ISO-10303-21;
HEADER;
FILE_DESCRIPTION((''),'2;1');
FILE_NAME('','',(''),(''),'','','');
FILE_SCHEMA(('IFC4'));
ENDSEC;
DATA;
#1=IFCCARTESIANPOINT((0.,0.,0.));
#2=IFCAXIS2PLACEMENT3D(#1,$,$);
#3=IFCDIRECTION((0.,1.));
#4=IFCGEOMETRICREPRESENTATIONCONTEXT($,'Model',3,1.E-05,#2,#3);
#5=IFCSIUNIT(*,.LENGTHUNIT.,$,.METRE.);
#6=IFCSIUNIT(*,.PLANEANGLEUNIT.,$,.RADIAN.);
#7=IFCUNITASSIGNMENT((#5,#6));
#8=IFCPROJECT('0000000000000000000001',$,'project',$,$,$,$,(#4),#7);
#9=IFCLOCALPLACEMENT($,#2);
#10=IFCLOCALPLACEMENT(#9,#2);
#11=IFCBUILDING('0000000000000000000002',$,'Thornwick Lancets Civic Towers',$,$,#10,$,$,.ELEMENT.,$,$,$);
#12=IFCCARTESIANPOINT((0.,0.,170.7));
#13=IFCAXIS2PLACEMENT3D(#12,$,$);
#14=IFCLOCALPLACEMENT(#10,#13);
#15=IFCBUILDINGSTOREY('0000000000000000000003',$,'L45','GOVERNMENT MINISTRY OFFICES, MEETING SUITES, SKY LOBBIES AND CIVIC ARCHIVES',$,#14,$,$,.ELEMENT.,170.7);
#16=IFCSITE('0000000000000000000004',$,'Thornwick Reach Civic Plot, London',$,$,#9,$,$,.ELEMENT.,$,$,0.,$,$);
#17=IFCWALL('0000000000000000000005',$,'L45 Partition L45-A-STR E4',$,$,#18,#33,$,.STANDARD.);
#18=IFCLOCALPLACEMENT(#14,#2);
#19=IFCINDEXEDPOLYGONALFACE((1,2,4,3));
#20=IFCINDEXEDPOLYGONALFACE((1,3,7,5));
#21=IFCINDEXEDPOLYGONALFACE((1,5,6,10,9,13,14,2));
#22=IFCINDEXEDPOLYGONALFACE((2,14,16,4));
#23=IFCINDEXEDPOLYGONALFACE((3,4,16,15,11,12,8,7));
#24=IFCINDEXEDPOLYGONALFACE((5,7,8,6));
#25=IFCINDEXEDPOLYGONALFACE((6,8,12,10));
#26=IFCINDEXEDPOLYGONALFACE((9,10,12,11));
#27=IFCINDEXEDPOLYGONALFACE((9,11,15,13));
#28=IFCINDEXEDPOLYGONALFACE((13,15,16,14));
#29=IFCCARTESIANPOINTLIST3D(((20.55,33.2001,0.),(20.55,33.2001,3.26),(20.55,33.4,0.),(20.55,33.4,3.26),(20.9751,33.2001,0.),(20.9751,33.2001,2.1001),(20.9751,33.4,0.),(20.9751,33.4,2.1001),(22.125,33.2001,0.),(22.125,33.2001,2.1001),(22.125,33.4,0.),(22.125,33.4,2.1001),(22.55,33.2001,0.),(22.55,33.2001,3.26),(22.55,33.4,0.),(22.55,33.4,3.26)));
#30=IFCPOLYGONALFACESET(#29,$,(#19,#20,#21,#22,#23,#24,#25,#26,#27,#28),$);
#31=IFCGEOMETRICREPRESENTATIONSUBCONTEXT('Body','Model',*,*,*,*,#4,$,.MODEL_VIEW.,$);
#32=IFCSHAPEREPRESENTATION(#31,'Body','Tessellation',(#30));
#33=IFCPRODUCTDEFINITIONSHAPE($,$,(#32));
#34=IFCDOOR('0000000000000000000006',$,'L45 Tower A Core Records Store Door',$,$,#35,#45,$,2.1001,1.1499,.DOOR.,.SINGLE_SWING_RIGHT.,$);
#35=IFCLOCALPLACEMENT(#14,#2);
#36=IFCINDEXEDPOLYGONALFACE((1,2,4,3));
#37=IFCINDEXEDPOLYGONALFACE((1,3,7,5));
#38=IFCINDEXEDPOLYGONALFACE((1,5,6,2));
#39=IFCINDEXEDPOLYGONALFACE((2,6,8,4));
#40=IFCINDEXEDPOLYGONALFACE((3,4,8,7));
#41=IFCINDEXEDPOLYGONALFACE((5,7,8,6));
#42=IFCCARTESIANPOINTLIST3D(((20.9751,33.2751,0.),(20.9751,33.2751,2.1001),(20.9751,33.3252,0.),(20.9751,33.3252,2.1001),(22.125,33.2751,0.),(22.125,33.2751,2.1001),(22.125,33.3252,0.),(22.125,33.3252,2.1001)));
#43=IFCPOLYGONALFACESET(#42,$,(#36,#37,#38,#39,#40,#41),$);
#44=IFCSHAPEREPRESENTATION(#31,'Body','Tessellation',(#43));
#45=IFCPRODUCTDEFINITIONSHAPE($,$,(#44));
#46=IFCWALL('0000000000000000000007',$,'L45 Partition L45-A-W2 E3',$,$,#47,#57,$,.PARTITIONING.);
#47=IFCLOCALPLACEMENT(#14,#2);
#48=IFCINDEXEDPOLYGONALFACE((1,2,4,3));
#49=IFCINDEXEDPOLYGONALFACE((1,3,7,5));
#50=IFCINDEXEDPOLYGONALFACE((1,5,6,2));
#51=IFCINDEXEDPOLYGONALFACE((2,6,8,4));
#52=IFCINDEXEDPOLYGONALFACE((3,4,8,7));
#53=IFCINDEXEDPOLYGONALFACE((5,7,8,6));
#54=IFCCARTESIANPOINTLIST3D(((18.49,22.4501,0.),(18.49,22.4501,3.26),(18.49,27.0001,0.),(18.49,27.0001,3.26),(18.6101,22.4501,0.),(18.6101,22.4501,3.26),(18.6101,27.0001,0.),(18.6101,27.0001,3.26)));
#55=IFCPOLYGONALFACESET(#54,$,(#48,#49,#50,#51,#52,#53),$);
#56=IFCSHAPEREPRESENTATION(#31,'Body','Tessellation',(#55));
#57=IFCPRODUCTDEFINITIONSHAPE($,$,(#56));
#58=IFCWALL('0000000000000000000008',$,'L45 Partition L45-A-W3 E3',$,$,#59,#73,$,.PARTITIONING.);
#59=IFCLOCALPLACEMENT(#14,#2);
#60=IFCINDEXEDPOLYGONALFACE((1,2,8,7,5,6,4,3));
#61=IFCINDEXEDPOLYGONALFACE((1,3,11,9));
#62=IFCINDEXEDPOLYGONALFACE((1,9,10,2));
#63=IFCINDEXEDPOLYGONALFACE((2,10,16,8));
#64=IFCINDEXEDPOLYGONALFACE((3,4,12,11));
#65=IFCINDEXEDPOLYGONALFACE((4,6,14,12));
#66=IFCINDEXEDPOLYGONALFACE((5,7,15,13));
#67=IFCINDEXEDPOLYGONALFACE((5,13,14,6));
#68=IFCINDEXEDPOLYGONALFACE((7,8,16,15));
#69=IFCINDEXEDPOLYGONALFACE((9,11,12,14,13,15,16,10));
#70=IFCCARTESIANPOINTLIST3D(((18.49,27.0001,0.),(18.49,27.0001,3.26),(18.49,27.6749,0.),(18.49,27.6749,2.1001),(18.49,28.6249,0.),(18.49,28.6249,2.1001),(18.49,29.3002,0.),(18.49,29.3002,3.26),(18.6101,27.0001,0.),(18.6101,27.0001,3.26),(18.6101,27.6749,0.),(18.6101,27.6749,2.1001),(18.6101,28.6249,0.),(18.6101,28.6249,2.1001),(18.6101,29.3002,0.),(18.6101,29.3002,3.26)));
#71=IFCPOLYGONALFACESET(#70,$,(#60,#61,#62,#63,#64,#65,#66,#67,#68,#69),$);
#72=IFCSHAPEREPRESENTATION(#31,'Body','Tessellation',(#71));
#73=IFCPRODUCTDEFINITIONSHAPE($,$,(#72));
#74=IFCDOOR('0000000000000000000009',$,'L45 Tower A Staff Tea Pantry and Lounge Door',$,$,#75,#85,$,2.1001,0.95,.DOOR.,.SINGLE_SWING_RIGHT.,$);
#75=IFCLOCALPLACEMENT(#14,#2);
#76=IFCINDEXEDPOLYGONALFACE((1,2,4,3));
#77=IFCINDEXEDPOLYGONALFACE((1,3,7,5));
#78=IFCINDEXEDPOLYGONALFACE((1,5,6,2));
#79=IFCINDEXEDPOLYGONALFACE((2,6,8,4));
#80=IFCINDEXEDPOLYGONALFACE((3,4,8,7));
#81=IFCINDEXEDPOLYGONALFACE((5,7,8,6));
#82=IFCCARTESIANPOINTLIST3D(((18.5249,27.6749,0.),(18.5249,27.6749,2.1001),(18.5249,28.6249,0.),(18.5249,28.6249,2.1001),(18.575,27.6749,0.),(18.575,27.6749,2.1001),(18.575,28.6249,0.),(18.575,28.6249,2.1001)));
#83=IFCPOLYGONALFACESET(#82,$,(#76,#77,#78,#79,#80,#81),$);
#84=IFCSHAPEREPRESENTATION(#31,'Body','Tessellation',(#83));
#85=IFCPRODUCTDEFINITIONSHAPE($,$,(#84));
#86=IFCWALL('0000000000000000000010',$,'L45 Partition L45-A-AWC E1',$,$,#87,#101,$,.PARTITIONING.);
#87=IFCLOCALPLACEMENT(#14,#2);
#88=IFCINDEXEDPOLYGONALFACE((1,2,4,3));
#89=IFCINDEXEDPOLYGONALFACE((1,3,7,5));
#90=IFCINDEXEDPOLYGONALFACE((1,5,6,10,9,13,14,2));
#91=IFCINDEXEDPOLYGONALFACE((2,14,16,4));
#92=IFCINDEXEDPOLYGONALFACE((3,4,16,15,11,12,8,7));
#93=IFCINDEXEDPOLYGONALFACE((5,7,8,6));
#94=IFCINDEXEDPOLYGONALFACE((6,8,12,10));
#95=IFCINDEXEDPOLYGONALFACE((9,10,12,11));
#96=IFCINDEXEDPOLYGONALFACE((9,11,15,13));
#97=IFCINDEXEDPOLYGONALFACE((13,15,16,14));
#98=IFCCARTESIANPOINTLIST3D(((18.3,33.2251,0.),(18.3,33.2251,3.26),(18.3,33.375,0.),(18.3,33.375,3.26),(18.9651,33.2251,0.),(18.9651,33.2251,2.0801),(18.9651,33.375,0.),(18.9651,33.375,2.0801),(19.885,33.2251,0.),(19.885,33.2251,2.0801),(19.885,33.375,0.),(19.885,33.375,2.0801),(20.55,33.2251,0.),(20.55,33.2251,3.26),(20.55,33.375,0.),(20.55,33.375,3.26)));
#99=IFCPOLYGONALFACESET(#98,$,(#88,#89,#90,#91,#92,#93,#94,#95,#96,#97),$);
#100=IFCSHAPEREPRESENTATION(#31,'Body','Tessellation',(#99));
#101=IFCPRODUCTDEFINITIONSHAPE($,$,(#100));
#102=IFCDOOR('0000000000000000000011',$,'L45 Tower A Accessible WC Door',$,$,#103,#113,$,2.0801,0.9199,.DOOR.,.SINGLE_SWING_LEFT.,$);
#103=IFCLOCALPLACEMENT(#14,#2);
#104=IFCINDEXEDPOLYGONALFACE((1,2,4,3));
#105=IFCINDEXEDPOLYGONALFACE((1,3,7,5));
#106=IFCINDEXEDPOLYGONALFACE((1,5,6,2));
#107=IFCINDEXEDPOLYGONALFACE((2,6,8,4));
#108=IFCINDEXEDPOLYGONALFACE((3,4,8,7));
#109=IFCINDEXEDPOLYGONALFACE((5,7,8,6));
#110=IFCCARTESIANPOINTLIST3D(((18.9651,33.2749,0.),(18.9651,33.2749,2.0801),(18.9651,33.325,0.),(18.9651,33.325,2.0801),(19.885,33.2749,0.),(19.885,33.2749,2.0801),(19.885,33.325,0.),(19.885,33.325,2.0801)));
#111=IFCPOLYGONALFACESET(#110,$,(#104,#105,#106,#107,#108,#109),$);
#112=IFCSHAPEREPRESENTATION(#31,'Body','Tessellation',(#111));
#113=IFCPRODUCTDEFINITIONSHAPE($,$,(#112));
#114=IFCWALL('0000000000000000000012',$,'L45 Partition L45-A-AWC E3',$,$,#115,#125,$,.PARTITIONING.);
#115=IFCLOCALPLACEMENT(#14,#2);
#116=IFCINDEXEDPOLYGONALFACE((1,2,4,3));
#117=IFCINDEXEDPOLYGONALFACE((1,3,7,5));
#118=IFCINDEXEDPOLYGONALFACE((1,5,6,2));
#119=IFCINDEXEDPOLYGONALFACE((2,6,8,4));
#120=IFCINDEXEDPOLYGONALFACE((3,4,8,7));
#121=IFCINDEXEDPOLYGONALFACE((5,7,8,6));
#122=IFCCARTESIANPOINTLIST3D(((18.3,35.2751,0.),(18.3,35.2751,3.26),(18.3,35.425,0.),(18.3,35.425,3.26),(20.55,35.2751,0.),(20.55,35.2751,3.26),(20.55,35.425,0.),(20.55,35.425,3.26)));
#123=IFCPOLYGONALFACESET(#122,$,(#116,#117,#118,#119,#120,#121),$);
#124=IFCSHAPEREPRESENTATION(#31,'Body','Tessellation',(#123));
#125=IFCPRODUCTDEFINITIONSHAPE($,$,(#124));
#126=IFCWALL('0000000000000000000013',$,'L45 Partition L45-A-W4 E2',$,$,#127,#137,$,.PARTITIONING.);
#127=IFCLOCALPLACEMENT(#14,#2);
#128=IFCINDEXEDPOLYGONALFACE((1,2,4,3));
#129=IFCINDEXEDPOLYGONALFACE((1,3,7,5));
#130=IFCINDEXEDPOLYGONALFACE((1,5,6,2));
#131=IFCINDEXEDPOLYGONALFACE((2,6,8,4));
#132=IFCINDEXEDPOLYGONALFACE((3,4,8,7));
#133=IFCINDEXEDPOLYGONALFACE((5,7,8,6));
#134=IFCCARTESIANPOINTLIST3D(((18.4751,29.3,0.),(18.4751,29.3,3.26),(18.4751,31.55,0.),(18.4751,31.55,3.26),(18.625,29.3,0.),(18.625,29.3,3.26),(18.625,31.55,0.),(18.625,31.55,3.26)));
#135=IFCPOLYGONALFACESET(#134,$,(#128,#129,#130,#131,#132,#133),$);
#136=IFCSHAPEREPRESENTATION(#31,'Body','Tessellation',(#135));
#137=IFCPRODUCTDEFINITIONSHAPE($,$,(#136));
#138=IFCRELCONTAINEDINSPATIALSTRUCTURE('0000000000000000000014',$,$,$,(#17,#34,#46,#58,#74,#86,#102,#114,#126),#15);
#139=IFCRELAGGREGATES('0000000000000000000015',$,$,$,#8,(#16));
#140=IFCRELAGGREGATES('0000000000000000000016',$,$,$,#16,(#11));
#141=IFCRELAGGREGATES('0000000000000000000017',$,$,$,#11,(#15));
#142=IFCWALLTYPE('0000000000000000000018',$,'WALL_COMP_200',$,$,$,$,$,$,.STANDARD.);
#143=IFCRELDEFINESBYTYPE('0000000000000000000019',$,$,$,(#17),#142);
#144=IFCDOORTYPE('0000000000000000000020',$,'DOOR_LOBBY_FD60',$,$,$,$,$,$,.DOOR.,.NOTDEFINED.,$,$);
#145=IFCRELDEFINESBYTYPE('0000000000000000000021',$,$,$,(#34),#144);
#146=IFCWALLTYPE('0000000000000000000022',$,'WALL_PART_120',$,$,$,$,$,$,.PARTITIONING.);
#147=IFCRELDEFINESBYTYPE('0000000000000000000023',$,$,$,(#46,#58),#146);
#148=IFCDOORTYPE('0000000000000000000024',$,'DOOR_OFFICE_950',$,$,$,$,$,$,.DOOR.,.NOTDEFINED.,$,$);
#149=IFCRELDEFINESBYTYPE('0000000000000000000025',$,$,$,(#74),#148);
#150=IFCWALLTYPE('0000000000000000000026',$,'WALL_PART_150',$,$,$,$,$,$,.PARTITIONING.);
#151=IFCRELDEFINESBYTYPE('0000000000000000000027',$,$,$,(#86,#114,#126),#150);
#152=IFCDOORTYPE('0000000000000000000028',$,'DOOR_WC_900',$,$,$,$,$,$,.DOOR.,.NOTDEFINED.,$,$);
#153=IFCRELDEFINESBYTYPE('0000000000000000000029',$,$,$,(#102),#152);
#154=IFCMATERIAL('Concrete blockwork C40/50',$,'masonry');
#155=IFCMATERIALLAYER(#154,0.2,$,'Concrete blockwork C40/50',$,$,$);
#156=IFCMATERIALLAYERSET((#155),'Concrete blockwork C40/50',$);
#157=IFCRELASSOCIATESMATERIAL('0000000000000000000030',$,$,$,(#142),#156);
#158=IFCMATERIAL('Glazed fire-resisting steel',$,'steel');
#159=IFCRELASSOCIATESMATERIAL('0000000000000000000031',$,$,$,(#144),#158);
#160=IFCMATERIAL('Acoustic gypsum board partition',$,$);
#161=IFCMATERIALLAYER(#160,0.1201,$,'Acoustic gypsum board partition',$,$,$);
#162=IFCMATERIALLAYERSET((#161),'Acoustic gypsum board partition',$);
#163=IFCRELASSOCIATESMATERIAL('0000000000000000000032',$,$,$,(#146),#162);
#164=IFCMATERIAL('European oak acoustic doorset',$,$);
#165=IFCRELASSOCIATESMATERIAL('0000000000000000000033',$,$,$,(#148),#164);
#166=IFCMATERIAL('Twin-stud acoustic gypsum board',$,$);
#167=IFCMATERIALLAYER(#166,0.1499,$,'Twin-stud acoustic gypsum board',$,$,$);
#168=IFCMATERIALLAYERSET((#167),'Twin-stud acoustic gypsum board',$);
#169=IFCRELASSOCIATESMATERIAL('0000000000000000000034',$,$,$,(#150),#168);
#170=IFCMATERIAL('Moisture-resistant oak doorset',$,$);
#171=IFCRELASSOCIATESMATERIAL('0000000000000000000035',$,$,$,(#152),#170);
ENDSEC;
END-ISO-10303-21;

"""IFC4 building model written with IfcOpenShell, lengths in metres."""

from ifc_helpers import new_model, si_unit, direction, frame, frame_2d, origin, place, context, subcontext, project, spatial, rectangle, extrude, material, layer, layer_set, type_object, element, fill, save


model = new_model("IFC4")

# Units and contexts
model_context = context("Model", 3, precision=1e-05, world=origin(), true_north=direction((0.0, 1.0)))
body_context = subcontext(model_context, "Body", "Model", "MODEL_VIEW")
ifc_project = project(units=[si_unit("LENGTHUNIT", "METRE"), si_unit("PLANEANGLEUNIT", "RADIAN")], contexts=[model_context])

# Site, building, storey
site_placement = place(None, origin())
site = spatial("IfcSite", under=ifc_project, at=site_placement, Name="Thornwick Reach Civic Plot, London", CompositionType="ELEMENT", RefElevation=0.0)
building_placement = place(site_placement, origin())
building = spatial("IfcBuilding", under=site, at=building_placement, Name="Thornwick Lancets Civic Towers", CompositionType="ELEMENT")
storey_placement = place(building_placement, frame((0.0, 0.0, 170.7)))
storey = spatial("IfcBuildingStorey", under=building, at=storey_placement, Name="L45", Description="GOVERNMENT MINISTRY OFFICES, MEETING SUITES, SKY LOBBIES AND CIVIC ARCHIVES", CompositionType="ELEMENT", Elevation=170.7)

# Shared definitions
ifc_material_1 = material(Name="Concrete blockwork C40/50", Category="masonry")
ifc_layer_1 = layer(ifc_material_1, 0.2, Name="Concrete blockwork C40/50")
ifc_layer_set_1 = layer_set([ifc_layer_1], Name="Concrete blockwork C40/50")
wall_type_1 = type_object("IfcWallType", Name="WALL_COMP_200", PredefinedType="STANDARD", material=ifc_layer_set_1)

# Wall, opening, door
wall_1_placement = place(storey_placement, frame((22.55, 33.3, 0.0), z_axis=(0.0, 0.0, 1.0), x_axis=(-1.0, 0.0, 0.0)))
wall_1 = element("IfcWall", 1, at=wall_1_placement, inside=storey, type_object=wall_type_1, Name="L45 Partition L45-A-STR E4", PredefinedType="STANDARD", context=body_context, shape_type="SweptSolid", body=[
    extrude(rectangle(XDim=2.0, YDim=0.2, at=frame_2d((1.0, 0.0))), origin(), (0.0, 0.0, 1.0), 3.26),
])
opening_1_placement = place(wall_1_placement, frame((0.425, 0.0, 0.0)))
opening_1 = element("IfcOpeningElement", 2, at=opening_1_placement, cuts=wall_1, PredefinedType="OPENING", context=body_context, shape_type="SweptSolid", body=[
    extrude(rectangle(XDim=1.1499, YDim=2.1001, at=frame_2d((0.575, 1.05))), frame((0.0, 0.1099, 0.0), z_axis=(0.0, -1.0, 0.0), x_axis=(1.0, 0.0, 0.0)), (0.0, 0.0, 1.0), 0.22),
])
ifc_material_2 = material(Name="Glazed fire-resisting steel", Category="steel")
door_type_1 = type_object("IfcDoorType", Name="DOOR_LOBBY_FD60", OperationType="NOTDEFINED", PredefinedType="DOOR", material=ifc_material_2)
door_1_placement = place(opening_1_placement, origin())
door_1 = element("IfcDoor", 3, at=door_1_placement, inside=storey, type_object=door_type_1, Name="L45 Tower A Core Records Store Door", OperationType="SINGLE_SWING_RIGHT", OverallHeight=2.1001, OverallWidth=1.1499, PredefinedType="DOOR", context=body_context, shape_type="SweptSolid", body=[
    extrude(rectangle(XDim=1.1499, YDim=2.1001, at=frame_2d((0.575, 1.05))), frame((0.0, 0.0249, 0.0), z_axis=(0.0, -1.0, 0.0), x_axis=(1.0, 0.0, 0.0)), (0.0, 0.0, 1.0), 0.05),
])
fill(opening_1, door_1)

# Wall
ifc_material_3 = material(Name="Acoustic gypsum board partition")
ifc_layer_2 = layer(ifc_material_3, 0.1201, Name="Acoustic gypsum board partition")
ifc_layer_set_2 = layer_set([ifc_layer_2], Name="Acoustic gypsum board partition")
wall_type_2 = type_object("IfcWallType", Name="WALL_PART_120", PredefinedType="PARTITIONING", material=ifc_layer_set_2)
wall_2_placement = place(storey_placement, frame((18.55, 27.0, 0.0), z_axis=(0.0, 0.0, 1.0), x_axis=(0.0, -1.0, 0.0)))
element("IfcWall", 4, at=wall_2_placement, inside=storey, type_object=wall_type_2, Name="L45 Partition L45-A-W2 E3", PredefinedType="PARTITIONING", context=body_context, shape_type="SweptSolid", body=[
    extrude(rectangle(XDim=4.55, YDim=0.1201, at=frame_2d((2.2749, 0.0))), origin(), (0.0, 0.0, 1.0), 3.26),
])

# Walls, openings, doors
wall_3_placement = place(storey_placement, frame((18.55, 29.3, 0.0), z_axis=(0.0, 0.0, 1.0), x_axis=(0.0, -1.0, 0.0)))
wall_3 = element("IfcWall", 5, at=wall_3_placement, inside=storey, type_object=wall_type_2, Name="L45 Partition L45-A-W3 E3", PredefinedType="PARTITIONING", context=body_context, shape_type="SweptSolid", body=[
    extrude(rectangle(XDim=2.3, YDim=0.1201, at=frame_2d((1.1499, 0.0))), origin(), (0.0, 0.0, 1.0), 3.26),
])
opening_2_placement = place(wall_3_placement, frame((0.675, 0.0, 0.0)))
opening_2 = element("IfcOpeningElement", 6, at=opening_2_placement, cuts=wall_3, PredefinedType="OPENING", context=body_context, shape_type="SweptSolid", body=[
    extrude(rectangle(XDim=0.95, YDim=2.1001, at=frame_2d((0.4751, 1.05))), frame((0.0, 0.0701, 0.0), z_axis=(0.0, -1.0, 0.0), x_axis=(1.0, 0.0, 0.0)), (0.0, 0.0, 1.0), 0.1401),
])
ifc_material_4 = material(Name="European oak acoustic doorset")
door_type_2 = type_object("IfcDoorType", Name="DOOR_OFFICE_950", OperationType="NOTDEFINED", PredefinedType="DOOR", material=ifc_material_4)
door_2_placement = place(opening_2_placement, origin())
door_2 = element("IfcDoor", 7, at=door_2_placement, inside=storey, type_object=door_type_2, Name="L45 Tower A Staff Tea Pantry and Lounge Door", OperationType="SINGLE_SWING_RIGHT", OverallHeight=2.1001, OverallWidth=0.95, PredefinedType="DOOR", context=body_context, shape_type="SweptSolid", body=[
    extrude(rectangle(XDim=0.95, YDim=2.1001, at=frame_2d((0.4751, 1.05))), frame((0.0, 0.0249, 0.0), z_axis=(0.0, -1.0, 0.0), x_axis=(1.0, 0.0, 0.0)), (0.0, 0.0, 1.0), 0.05),
])
fill(opening_2, door_2)
ifc_material_5 = material(Name="Twin-stud acoustic gypsum board")
ifc_layer_3 = layer(ifc_material_5, 0.1499, Name="Twin-stud acoustic gypsum board")
ifc_layer_set_3 = layer_set([ifc_layer_3], Name="Twin-stud acoustic gypsum board")
wall_type_3 = type_object("IfcWallType", Name="WALL_PART_150", PredefinedType="PARTITIONING", material=ifc_layer_set_3)
wall_4_placement = place(storey_placement, frame((18.3, 33.3, 0.0), z_axis=(0.0, 0.0, 1.0), x_axis=(1.0, 0.0, 0.0)))
wall_4 = element("IfcWall", 8, at=wall_4_placement, inside=storey, type_object=wall_type_3, Name="L45 Partition L45-A-AWC E1", PredefinedType="PARTITIONING", context=body_context, shape_type="SweptSolid", body=[
    extrude(rectangle(XDim=2.25, YDim=0.1499, at=frame_2d((1.125, 0.0))), origin(), (0.0, 0.0, 1.0), 3.26),
])
opening_3_placement = place(wall_4_placement, frame((0.665, 0.0, 0.0)))
opening_3 = element("IfcOpeningElement", 9, at=opening_3_placement, cuts=wall_4, PredefinedType="OPENING", context=body_context, shape_type="SweptSolid", body=[
    extrude(rectangle(XDim=0.9199, YDim=2.0801, at=frame_2d((0.46, 1.04))), frame((0.0, 0.085, 0.0), z_axis=(0.0, -1.0, 0.0), x_axis=(1.0, 0.0, 0.0)), (0.0, 0.0, 1.0), 0.1699),
])
ifc_material_6 = material(Name="Moisture-resistant oak doorset")
door_type_3 = type_object("IfcDoorType", Name="DOOR_WC_900", OperationType="NOTDEFINED", PredefinedType="DOOR", material=ifc_material_6)
door_3_placement = place(opening_3_placement, origin())
door_3 = element("IfcDoor", 10, at=door_3_placement, inside=storey, type_object=door_type_3, Name="L45 Tower A Accessible WC Door", OperationType="SINGLE_SWING_LEFT", OverallHeight=2.0801, OverallWidth=0.9199, PredefinedType="DOOR", context=body_context, shape_type="SweptSolid", body=[
    extrude(rectangle(XDim=0.9199, YDim=2.0801, at=frame_2d((0.46, 1.04))), frame((0.0, 0.0249, 0.0), z_axis=(0.0, -1.0, 0.0), x_axis=(1.0, 0.0, 0.0)), (0.0, 0.0, 1.0), 0.05),
])
fill(opening_3, door_3)

# Walls
for number, where, z_axis, x_axis, name in (
    (11, (20.55, 35.3501, 0.0), (0.0, 0.0, 1.0), (-1.0, 0.0, 0.0), "L45 Partition L45-A-AWC E3"),
    (12, (18.55, 31.55, 0.0), (0.0, 0.0, 1.0), (0.0, -1.0, 0.0), "L45 Partition L45-A-W4 E2"),
):
    element("IfcWall", number, at=place(storey_placement, frame(where, z_axis=z_axis, x_axis=x_axis)), inside=storey, type_object=wall_type_3, Name=name, PredefinedType="PARTITIONING", context=body_context, shape_type="SweptSolid", body=[
        extrude(rectangle(XDim=2.25, YDim=0.1499, at=frame_2d((1.125, 0.0))), origin(), (0.0, 0.0, 1.0), 3.26),
    ])

save(model, "model.ifc")
